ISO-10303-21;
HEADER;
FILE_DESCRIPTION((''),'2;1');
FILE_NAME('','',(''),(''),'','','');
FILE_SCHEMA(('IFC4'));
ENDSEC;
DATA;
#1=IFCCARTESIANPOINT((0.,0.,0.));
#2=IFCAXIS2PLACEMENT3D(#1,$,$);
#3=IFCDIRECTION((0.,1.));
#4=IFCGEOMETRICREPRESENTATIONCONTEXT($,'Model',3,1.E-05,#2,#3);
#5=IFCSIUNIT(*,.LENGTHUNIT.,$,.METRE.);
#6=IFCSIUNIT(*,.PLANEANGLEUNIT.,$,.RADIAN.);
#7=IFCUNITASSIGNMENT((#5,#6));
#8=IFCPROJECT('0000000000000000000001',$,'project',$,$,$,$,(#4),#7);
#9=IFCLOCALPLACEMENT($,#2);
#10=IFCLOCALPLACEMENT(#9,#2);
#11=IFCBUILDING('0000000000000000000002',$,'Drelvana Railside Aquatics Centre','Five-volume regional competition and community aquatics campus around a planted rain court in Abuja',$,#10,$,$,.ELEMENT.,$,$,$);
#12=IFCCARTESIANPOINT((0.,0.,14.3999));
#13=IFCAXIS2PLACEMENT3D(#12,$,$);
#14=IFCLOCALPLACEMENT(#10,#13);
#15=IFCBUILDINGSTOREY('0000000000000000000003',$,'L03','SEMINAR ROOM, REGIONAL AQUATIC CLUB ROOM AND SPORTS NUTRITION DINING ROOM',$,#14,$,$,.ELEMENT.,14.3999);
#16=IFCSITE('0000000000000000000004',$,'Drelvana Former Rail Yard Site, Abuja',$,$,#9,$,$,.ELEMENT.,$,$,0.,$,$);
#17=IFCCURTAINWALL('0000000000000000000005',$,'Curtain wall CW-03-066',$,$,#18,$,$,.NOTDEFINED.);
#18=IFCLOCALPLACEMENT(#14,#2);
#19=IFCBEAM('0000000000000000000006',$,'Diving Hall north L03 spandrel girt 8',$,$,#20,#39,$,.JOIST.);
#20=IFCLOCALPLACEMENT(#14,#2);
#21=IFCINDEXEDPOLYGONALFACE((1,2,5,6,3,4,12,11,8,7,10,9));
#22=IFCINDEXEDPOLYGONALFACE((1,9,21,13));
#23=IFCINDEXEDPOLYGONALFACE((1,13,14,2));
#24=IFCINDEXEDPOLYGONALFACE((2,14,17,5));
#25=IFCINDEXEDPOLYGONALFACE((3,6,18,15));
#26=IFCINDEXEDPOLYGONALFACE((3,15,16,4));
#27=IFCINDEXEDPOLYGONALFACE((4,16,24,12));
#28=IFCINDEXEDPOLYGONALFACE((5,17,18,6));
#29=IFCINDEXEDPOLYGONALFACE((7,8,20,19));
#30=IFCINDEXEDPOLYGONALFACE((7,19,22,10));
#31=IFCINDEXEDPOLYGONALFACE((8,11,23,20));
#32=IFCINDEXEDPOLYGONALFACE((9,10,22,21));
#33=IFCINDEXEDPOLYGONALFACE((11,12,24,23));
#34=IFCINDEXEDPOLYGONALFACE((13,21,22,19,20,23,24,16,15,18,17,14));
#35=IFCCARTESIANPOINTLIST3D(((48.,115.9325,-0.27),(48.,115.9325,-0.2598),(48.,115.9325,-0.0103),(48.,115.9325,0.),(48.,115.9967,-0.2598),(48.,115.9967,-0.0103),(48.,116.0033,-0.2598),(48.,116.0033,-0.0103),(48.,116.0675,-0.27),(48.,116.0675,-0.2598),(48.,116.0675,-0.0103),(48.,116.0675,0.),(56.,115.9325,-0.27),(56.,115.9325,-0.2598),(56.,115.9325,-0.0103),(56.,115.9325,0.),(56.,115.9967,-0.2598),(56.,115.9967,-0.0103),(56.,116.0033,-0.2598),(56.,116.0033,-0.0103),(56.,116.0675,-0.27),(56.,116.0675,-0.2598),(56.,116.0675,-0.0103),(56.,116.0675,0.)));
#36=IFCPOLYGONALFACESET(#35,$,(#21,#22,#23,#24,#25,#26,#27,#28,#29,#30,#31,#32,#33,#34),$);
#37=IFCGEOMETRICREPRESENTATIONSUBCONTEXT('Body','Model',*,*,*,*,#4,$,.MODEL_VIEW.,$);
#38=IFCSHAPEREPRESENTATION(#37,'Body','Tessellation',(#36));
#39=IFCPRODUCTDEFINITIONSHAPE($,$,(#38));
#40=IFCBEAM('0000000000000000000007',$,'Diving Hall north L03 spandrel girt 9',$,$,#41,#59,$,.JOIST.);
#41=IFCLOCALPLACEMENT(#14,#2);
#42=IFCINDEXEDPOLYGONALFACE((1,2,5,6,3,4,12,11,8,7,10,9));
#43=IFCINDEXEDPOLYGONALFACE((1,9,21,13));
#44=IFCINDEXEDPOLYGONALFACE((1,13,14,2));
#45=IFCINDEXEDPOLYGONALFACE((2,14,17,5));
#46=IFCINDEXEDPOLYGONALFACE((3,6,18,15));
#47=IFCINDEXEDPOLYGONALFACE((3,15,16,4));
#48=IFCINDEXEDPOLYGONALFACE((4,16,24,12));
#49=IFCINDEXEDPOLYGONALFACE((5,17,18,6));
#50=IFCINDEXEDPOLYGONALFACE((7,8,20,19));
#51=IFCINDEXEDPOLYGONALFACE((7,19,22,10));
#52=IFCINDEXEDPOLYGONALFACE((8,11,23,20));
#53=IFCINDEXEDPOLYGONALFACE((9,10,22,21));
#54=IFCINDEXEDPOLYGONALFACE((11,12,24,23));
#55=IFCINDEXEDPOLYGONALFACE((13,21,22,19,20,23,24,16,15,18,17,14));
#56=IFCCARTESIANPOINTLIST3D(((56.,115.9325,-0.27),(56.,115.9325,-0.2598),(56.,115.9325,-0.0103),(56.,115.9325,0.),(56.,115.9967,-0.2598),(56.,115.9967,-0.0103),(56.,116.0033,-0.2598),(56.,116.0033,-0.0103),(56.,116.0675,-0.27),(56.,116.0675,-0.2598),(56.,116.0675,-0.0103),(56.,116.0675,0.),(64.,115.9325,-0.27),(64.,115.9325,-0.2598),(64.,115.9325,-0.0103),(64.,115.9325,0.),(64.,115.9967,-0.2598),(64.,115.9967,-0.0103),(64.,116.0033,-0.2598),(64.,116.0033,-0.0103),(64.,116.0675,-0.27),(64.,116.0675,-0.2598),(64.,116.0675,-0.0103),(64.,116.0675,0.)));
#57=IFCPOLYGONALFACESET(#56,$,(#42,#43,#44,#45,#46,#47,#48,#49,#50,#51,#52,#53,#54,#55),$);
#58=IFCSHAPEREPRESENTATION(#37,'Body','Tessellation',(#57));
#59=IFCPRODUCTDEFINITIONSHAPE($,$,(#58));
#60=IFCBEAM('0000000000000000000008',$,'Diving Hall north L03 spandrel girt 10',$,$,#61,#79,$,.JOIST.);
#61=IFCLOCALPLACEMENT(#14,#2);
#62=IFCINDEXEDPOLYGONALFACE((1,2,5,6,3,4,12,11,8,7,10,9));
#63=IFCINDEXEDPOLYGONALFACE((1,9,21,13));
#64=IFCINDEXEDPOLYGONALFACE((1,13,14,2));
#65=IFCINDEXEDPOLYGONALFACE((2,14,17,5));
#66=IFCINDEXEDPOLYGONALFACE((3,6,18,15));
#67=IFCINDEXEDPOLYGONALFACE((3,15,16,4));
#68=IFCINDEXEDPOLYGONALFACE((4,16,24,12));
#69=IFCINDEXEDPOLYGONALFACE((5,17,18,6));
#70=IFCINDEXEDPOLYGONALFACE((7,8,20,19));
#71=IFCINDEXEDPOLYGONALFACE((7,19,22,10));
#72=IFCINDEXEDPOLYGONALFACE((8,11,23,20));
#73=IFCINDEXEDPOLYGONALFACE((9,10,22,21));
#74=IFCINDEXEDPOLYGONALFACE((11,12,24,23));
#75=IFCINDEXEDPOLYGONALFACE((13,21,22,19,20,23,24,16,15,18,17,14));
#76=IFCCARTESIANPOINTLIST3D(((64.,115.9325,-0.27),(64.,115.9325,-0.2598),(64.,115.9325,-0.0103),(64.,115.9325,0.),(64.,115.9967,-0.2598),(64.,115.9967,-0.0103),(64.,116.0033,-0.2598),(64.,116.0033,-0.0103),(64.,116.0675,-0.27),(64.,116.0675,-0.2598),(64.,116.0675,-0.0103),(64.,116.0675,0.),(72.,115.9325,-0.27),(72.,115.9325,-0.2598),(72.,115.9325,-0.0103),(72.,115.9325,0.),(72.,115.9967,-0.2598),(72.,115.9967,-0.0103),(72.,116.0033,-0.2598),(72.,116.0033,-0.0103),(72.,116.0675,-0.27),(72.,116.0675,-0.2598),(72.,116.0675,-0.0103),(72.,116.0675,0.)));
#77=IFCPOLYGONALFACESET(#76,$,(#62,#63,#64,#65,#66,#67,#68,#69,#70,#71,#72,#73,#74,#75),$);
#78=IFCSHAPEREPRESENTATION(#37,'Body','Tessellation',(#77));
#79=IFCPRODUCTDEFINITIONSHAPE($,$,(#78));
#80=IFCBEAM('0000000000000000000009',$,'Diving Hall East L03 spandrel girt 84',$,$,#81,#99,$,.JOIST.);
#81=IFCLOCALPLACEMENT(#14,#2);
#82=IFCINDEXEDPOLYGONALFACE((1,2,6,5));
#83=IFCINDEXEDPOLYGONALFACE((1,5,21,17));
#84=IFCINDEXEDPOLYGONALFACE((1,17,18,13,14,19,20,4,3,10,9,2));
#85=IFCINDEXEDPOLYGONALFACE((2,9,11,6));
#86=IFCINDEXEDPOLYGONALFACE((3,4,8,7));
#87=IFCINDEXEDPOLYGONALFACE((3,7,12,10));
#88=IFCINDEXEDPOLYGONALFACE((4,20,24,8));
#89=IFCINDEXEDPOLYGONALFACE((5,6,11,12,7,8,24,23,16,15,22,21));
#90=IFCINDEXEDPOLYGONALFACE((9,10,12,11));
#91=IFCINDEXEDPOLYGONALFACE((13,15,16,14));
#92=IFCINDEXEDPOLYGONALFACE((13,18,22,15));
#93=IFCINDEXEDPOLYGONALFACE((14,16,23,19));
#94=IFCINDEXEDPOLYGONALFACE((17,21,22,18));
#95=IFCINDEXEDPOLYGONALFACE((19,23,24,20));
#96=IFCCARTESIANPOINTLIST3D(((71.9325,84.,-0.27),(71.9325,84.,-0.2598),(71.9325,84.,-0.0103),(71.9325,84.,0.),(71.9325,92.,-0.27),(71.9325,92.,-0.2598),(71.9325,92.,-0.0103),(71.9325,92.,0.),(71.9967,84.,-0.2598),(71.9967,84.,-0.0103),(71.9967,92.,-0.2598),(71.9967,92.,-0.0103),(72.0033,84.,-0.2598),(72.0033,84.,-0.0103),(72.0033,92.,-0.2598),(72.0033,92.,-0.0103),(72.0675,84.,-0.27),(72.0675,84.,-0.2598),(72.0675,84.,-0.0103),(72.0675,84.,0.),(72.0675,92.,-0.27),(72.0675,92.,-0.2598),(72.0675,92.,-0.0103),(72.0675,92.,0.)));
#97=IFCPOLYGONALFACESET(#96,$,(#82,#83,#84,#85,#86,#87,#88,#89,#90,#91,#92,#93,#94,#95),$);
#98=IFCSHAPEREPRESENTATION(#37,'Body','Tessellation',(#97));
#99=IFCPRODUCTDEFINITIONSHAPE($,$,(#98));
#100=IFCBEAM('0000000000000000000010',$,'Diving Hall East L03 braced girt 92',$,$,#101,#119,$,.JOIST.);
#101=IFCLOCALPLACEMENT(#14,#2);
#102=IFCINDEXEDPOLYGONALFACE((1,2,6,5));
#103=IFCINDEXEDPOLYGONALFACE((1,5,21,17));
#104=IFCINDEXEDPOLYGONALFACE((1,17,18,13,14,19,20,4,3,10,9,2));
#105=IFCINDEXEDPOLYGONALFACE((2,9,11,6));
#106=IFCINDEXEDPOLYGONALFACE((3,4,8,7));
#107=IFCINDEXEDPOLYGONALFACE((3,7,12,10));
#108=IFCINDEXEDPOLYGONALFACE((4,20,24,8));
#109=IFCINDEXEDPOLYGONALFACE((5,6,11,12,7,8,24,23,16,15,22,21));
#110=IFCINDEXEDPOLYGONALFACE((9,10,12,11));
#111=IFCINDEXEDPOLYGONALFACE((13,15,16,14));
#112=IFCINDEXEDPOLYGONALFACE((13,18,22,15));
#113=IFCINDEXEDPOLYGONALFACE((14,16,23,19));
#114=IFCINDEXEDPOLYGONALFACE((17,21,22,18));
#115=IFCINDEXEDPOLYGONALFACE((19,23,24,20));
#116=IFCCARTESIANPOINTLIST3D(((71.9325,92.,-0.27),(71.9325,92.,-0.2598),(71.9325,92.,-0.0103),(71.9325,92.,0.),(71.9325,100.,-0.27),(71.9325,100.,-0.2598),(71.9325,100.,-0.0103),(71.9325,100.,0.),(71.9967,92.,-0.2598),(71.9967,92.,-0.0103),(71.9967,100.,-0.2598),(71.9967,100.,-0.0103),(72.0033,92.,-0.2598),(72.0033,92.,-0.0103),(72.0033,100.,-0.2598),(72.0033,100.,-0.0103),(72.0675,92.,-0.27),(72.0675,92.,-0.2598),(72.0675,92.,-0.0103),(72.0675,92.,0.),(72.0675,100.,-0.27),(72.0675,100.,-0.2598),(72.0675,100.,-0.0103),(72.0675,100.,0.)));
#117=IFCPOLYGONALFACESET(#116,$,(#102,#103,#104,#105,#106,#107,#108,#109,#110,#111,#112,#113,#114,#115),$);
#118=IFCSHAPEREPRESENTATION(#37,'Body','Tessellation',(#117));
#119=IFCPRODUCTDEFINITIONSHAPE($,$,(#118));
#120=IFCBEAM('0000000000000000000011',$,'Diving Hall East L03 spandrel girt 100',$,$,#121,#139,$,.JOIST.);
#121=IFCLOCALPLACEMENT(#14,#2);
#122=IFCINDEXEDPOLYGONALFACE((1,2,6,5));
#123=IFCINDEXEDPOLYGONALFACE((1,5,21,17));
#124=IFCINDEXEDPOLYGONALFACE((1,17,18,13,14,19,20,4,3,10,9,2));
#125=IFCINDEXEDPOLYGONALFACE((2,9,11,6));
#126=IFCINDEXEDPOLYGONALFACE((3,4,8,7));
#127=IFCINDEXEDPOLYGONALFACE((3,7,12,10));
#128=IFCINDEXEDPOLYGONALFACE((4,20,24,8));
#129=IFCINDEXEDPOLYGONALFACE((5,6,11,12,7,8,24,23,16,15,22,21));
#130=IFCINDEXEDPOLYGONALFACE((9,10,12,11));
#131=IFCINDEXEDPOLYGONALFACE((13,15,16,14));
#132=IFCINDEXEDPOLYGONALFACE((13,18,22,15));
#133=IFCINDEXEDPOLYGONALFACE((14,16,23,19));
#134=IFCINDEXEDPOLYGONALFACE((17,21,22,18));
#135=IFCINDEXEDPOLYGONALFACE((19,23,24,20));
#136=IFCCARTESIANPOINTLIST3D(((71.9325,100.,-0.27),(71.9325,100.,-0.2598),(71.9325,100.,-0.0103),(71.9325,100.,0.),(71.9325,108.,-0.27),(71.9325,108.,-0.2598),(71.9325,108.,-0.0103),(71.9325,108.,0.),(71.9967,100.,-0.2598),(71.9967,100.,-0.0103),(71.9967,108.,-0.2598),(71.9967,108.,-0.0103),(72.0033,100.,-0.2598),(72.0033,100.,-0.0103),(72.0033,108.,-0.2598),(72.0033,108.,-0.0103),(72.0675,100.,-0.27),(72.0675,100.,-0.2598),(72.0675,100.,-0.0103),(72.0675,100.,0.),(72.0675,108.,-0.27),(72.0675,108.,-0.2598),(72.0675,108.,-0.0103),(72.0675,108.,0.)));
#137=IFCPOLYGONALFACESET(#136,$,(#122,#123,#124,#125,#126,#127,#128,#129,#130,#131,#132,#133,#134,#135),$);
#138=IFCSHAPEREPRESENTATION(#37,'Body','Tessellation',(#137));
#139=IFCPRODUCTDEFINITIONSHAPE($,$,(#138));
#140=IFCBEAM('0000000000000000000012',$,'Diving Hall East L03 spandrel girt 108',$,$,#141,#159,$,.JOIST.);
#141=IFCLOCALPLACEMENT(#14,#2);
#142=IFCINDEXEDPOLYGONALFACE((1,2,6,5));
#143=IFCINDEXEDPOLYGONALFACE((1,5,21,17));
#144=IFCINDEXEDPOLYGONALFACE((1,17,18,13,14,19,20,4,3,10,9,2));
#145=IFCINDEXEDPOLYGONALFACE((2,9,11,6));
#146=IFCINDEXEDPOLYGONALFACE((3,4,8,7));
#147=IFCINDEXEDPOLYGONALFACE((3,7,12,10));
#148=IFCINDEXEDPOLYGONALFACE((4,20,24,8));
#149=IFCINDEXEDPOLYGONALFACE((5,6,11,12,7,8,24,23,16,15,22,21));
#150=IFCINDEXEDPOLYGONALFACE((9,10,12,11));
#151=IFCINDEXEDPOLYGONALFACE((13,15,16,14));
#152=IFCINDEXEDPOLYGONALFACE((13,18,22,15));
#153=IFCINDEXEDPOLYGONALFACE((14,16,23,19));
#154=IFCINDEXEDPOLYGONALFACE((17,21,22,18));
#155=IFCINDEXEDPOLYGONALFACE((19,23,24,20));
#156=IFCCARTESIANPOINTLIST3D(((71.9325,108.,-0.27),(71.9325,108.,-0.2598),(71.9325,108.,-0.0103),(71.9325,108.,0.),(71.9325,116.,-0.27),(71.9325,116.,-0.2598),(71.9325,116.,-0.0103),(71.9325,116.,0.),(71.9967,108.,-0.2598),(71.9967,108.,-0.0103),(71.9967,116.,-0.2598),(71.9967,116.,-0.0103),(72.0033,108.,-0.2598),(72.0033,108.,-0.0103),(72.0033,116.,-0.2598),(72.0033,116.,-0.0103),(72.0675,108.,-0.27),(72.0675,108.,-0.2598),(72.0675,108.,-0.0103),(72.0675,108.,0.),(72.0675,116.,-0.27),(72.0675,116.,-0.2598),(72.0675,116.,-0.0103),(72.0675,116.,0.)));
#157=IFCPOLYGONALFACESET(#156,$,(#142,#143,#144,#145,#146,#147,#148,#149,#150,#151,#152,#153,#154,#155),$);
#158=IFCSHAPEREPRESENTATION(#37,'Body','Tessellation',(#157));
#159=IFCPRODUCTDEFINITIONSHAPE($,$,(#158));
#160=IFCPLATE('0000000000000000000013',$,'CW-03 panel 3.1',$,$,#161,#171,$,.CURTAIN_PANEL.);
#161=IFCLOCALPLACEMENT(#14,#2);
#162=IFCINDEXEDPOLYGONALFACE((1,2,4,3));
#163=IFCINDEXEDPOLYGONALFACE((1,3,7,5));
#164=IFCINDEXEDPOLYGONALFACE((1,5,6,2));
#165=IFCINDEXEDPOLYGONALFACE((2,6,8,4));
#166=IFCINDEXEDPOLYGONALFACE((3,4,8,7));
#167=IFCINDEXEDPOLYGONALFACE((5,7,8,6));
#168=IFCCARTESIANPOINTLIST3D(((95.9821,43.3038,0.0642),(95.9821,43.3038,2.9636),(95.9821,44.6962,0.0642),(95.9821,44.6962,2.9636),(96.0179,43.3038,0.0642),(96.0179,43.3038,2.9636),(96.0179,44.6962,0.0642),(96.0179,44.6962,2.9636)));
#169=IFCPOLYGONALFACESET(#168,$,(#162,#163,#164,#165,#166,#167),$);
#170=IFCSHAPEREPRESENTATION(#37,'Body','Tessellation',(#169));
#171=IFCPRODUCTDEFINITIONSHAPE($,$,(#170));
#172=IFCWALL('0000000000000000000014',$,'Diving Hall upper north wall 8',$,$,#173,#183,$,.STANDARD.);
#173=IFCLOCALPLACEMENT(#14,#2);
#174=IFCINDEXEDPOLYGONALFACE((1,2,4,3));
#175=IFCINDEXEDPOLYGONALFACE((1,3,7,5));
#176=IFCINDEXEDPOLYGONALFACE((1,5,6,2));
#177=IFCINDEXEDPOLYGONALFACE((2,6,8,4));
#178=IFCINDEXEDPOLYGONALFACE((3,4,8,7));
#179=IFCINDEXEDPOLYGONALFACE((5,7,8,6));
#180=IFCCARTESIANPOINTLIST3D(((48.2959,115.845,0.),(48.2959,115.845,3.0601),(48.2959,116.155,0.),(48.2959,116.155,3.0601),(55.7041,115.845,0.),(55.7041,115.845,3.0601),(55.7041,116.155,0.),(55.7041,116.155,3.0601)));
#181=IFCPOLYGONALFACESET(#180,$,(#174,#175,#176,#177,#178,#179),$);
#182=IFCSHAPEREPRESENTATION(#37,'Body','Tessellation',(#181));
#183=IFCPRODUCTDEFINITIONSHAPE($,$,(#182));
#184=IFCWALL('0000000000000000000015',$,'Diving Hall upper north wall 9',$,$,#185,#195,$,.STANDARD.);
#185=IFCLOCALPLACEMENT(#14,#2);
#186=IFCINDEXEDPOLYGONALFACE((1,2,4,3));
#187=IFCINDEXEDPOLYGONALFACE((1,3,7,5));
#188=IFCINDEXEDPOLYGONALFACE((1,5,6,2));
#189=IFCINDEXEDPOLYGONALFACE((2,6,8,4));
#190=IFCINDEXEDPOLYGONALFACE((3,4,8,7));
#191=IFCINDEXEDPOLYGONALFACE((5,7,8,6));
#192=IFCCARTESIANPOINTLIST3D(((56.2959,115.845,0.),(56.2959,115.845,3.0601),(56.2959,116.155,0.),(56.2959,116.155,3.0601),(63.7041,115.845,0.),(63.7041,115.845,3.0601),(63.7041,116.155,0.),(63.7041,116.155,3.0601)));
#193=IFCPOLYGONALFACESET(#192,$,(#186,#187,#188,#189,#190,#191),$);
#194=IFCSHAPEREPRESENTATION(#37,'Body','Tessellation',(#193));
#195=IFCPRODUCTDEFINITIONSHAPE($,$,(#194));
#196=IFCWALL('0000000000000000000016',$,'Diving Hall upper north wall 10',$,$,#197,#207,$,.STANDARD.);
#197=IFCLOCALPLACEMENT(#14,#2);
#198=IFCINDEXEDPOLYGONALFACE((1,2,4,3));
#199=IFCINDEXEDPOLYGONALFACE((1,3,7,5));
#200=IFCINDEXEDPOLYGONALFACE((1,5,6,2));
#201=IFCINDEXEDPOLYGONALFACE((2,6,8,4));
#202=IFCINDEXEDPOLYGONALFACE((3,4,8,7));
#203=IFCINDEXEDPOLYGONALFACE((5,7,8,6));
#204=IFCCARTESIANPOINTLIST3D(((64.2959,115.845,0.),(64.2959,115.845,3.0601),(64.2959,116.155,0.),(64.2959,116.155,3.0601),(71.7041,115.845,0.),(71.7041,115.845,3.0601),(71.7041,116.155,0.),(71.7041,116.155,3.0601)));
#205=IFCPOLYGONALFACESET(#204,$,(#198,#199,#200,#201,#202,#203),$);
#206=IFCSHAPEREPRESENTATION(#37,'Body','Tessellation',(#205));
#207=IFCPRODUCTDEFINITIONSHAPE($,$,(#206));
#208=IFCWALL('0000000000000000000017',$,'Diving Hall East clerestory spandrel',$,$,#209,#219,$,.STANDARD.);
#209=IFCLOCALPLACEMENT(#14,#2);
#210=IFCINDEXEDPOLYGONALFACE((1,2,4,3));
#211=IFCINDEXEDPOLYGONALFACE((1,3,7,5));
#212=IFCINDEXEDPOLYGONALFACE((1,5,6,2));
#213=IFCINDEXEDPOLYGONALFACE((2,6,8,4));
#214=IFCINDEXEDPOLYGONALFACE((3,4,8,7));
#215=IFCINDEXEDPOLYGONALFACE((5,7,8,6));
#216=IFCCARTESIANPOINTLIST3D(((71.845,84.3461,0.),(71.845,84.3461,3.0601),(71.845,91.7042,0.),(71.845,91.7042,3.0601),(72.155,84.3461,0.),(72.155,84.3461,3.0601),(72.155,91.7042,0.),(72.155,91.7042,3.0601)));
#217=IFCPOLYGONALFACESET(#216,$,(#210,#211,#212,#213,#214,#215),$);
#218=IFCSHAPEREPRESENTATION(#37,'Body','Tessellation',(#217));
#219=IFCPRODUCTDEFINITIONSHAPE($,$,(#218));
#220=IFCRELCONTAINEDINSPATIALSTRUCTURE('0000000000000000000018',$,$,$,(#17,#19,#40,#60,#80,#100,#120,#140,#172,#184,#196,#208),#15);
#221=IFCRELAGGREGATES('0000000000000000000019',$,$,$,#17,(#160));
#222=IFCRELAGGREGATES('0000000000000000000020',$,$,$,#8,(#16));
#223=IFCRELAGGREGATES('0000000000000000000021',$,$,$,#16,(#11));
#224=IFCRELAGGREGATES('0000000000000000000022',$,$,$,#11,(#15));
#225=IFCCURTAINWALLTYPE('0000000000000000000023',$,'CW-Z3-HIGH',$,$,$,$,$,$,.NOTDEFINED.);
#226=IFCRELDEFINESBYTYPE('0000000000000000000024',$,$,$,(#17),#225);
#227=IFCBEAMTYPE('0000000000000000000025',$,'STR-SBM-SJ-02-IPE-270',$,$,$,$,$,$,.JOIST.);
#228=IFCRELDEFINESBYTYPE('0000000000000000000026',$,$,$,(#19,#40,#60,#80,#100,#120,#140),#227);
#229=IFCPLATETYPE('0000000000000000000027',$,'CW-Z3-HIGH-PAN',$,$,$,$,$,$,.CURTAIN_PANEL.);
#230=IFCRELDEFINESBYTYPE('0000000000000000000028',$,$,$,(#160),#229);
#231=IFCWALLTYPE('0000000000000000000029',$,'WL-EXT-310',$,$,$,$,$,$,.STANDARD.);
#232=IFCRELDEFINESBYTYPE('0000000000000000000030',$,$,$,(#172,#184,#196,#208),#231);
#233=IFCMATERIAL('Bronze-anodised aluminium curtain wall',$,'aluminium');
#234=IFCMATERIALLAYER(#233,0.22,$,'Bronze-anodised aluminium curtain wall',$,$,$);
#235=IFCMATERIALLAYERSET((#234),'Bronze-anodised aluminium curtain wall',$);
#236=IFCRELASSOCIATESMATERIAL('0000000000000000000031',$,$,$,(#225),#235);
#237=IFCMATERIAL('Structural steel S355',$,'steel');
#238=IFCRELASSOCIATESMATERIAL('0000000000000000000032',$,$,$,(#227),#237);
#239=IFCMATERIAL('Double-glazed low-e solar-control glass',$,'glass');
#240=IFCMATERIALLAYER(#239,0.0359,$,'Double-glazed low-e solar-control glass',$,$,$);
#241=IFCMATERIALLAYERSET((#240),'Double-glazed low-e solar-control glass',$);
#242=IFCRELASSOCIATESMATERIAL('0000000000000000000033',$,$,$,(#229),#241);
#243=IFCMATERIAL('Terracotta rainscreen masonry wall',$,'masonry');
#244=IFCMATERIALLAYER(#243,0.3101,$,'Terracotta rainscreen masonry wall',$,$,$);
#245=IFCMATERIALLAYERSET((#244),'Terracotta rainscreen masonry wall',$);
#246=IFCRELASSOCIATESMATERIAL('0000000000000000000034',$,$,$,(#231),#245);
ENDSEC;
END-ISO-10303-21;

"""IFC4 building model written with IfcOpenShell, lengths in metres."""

from ifc_helpers import new_model, si_unit, direction, frame, frame_2d, origin, origin_2d, place, context, subcontext, project, spatial, rectangle, i_section, extrude, material, layer, layer_set, material_profile, profile_set, type_object, element, aggregate, save


model = new_model("IFC4")

# Units and contexts
model_context = context("Model", 3, precision=1e-05, world=origin(), true_north=direction((0.0, 1.0)))
body_context = subcontext(model_context, "Body", "Model", "MODEL_VIEW")
ifc_project = project(units=[si_unit("LENGTHUNIT", "METRE"), si_unit("PLANEANGLEUNIT", "RADIAN")], contexts=[model_context])

# Site, building, storey
site_placement = place(None, origin())
site = spatial("IfcSite", under=ifc_project, at=site_placement, Name="Drelvana Former Rail Yard Site, Abuja", CompositionType="ELEMENT", RefElevation=0.0)
building_placement = place(site_placement, origin())
building = spatial("IfcBuilding", under=site, at=building_placement, Name="Drelvana Railside Aquatics Centre", Description="Five-volume regional competition and community aquatics campus around a planted rain court in Abuja", CompositionType="ELEMENT")
storey_placement = place(building_placement, frame((0.0, 0.0, 14.3999)))
storey = spatial("IfcBuildingStorey", under=building, at=storey_placement, Name="L03", Description="SEMINAR ROOM, REGIONAL AQUATIC CLUB ROOM AND SPORTS NUTRITION DINING ROOM", CompositionType="ELEMENT", Elevation=14.3999)

# Curtain wall
ifc_material_1 = material(Name="Bronze-anodised aluminium curtain wall", Category="aluminium")
ifc_layer_1 = layer(ifc_material_1, 0.22, Name="Bronze-anodised aluminium curtain wall")
ifc_layer_set_1 = layer_set([ifc_layer_1], Name="Bronze-anodised aluminium curtain wall")
curtain_wall_type = type_object("IfcCurtainWallType", Name="CW-Z3-HIGH", PredefinedType="NOTDEFINED", material=ifc_layer_set_1)
curtain_wall_placement = place(storey_placement, origin())
curtain_wall = element("IfcCurtainWall", 1, at=curtain_wall_placement, inside=storey, type_object=curtain_wall_type, Name="Curtain wall CW-03-066", PredefinedType="NOTDEFINED")

# Beams
ifc_material_2 = material(Name="Structural steel S355", Category="steel")
ifc_material_profile_1 = material_profile(ifc_material_2, i_section(OverallWidth=0.135, OverallDepth=0.27, WebThickness=0.0066, FlangeThickness=0.0103, at=origin_2d()), Name="IPE 270")
ifc_profile_set_1 = profile_set([ifc_material_profile_1], Name="Structural steel S355")
beam_type = type_object("IfcBeamType", Name="STR-SBM-SJ-02-IPE-270", PredefinedType="JOIST", material=ifc_profile_set_1)
for number, where, z_axis, x_axis, name in (
    (2, (48.0, 116.0, -0.135), (1.0, 0.0, 0.0), (0.0, 1.0, 0.0), "Diving Hall north L03 spandrel girt 8"),
    (3, (56.0, 116.0, -0.135), (1.0, 0.0, 0.0), (0.0, 1.0, 0.0), "Diving Hall north L03 spandrel girt 9"),
    (4, (64.0, 116.0, -0.135), (1.0, 0.0, 0.0), (0.0, 1.0, 0.0), "Diving Hall north L03 spandrel girt 10"),
    (5, (72.0, 84.0, -0.135), (0.0, 1.0, 0.0), (-1.0, 0.0, 0.0), "Diving Hall East L03 spandrel girt 84"),
    (6, (72.0, 92.0, -0.135), (0.0, 1.0, 0.0), (-1.0, 0.0, 0.0), "Diving Hall East L03 braced girt 92"),
    (7, (72.0, 100.0, -0.135), (0.0, 1.0, 0.0), (-1.0, 0.0, 0.0), "Diving Hall East L03 spandrel girt 100"),
    (8, (72.0, 108.0, -0.135), (0.0, 1.0, 0.0), (-1.0, 0.0, 0.0), "Diving Hall East L03 spandrel girt 108"),
):
    element("IfcBeam", number, at=place(storey_placement, frame(where, z_axis=z_axis, x_axis=x_axis)), inside=storey, type_object=beam_type, Name=name, PredefinedType="JOIST", context=body_context, shape_type="SweptSolid", body=[
        extrude(i_section(OverallWidth=0.135, OverallDepth=0.27, WebThickness=0.0066, FlangeThickness=0.0103, at=origin_2d()), origin(), (0.0, 0.0, 1.0), 8.0),
    ])

# Plate
ifc_material_3 = material(Name="Double-glazed low-e solar-control glass", Category="glass")
ifc_layer_2 = layer(ifc_material_3, 0.0359, Name="Double-glazed low-e solar-control glass")
ifc_layer_set_2 = layer_set([ifc_layer_2], Name="Double-glazed low-e solar-control glass")
plate_type = type_object("IfcPlateType", Name="CW-Z3-HIGH-PAN", PredefinedType="CURTAIN_PANEL", material=ifc_layer_set_2)
plate_placement = place(storey_placement, frame((96.0, 44.0, 0.0642), z_axis=(0.0, 0.0, 1.0), x_axis=(0.0, 1.0, 0.0)))
plate = element("IfcPlate", 9, at=plate_placement, type_object=plate_type, Name="CW-03 panel 3.1", PredefinedType="CURTAIN_PANEL", context=body_context, shape_type="SweptSolid", body=[
    extrude(rectangle(XDim=1.3923, YDim=0.0359, at=origin_2d()), origin(), (0.0, 0.0, 1.0), 2.8994),
])
aggregate(curtain_wall, [plate])

# Walls
ifc_material_4 = material(Name="Terracotta rainscreen masonry wall", Category="masonry")
ifc_layer_3 = layer(ifc_material_4, 0.3101, Name="Terracotta rainscreen masonry wall")
ifc_layer_set_3 = layer_set([ifc_layer_3], Name="Terracotta rainscreen masonry wall")
wall_type_1 = type_object("IfcWallType", Name="WL-EXT-310", PredefinedType="STANDARD", material=ifc_layer_set_3)
for number, where, z_axis, x_axis, name in (
    (10, (48.2959, 116.0, 0.0), (0.0, 0.0, 1.0), (1.0, 0.0, 0.0), "Diving Hall upper north wall 8"),
    (11, (56.2959, 116.0, 0.0), (0.0, 0.0, 1.0), (1.0, 0.0, 0.0), "Diving Hall upper north wall 9"),
    (12, (64.2959, 116.0, 0.0), (0.0, 0.0, 1.0), (1.0, 0.0, 0.0), "Diving Hall upper north wall 10"),
):
    element("IfcWall", number, at=place(storey_placement, frame(where, z_axis=z_axis, x_axis=x_axis)), inside=storey, type_object=wall_type_1, Name=name, PredefinedType="STANDARD", context=body_context, shape_type="SweptSolid", body=[
        extrude(rectangle(XDim=7.4082, YDim=0.3101, at=frame_2d((3.7041, 0.0))), origin(), (0.0, 0.0, 1.0), 3.0601),
    ])
wall_1_placement = place(storey_placement, frame((72.0, 84.3459, 0.0), z_axis=(0.0, 0.0, 1.0), x_axis=(0.0, 1.0, 0.0)))
element("IfcWall", 13, at=wall_1_placement, inside=storey, type_object=wall_type_1, Name="Diving Hall East clerestory spandrel", PredefinedType="STANDARD", context=body_context, shape_type="SweptSolid", body=[
    extrude(rectangle(XDim=7.3582, YDim=0.3101, at=frame_2d((3.6792, 0.0))), origin(), (0.0, 0.0, 1.0), 3.0601),
])

save(model, "model.ifc")
